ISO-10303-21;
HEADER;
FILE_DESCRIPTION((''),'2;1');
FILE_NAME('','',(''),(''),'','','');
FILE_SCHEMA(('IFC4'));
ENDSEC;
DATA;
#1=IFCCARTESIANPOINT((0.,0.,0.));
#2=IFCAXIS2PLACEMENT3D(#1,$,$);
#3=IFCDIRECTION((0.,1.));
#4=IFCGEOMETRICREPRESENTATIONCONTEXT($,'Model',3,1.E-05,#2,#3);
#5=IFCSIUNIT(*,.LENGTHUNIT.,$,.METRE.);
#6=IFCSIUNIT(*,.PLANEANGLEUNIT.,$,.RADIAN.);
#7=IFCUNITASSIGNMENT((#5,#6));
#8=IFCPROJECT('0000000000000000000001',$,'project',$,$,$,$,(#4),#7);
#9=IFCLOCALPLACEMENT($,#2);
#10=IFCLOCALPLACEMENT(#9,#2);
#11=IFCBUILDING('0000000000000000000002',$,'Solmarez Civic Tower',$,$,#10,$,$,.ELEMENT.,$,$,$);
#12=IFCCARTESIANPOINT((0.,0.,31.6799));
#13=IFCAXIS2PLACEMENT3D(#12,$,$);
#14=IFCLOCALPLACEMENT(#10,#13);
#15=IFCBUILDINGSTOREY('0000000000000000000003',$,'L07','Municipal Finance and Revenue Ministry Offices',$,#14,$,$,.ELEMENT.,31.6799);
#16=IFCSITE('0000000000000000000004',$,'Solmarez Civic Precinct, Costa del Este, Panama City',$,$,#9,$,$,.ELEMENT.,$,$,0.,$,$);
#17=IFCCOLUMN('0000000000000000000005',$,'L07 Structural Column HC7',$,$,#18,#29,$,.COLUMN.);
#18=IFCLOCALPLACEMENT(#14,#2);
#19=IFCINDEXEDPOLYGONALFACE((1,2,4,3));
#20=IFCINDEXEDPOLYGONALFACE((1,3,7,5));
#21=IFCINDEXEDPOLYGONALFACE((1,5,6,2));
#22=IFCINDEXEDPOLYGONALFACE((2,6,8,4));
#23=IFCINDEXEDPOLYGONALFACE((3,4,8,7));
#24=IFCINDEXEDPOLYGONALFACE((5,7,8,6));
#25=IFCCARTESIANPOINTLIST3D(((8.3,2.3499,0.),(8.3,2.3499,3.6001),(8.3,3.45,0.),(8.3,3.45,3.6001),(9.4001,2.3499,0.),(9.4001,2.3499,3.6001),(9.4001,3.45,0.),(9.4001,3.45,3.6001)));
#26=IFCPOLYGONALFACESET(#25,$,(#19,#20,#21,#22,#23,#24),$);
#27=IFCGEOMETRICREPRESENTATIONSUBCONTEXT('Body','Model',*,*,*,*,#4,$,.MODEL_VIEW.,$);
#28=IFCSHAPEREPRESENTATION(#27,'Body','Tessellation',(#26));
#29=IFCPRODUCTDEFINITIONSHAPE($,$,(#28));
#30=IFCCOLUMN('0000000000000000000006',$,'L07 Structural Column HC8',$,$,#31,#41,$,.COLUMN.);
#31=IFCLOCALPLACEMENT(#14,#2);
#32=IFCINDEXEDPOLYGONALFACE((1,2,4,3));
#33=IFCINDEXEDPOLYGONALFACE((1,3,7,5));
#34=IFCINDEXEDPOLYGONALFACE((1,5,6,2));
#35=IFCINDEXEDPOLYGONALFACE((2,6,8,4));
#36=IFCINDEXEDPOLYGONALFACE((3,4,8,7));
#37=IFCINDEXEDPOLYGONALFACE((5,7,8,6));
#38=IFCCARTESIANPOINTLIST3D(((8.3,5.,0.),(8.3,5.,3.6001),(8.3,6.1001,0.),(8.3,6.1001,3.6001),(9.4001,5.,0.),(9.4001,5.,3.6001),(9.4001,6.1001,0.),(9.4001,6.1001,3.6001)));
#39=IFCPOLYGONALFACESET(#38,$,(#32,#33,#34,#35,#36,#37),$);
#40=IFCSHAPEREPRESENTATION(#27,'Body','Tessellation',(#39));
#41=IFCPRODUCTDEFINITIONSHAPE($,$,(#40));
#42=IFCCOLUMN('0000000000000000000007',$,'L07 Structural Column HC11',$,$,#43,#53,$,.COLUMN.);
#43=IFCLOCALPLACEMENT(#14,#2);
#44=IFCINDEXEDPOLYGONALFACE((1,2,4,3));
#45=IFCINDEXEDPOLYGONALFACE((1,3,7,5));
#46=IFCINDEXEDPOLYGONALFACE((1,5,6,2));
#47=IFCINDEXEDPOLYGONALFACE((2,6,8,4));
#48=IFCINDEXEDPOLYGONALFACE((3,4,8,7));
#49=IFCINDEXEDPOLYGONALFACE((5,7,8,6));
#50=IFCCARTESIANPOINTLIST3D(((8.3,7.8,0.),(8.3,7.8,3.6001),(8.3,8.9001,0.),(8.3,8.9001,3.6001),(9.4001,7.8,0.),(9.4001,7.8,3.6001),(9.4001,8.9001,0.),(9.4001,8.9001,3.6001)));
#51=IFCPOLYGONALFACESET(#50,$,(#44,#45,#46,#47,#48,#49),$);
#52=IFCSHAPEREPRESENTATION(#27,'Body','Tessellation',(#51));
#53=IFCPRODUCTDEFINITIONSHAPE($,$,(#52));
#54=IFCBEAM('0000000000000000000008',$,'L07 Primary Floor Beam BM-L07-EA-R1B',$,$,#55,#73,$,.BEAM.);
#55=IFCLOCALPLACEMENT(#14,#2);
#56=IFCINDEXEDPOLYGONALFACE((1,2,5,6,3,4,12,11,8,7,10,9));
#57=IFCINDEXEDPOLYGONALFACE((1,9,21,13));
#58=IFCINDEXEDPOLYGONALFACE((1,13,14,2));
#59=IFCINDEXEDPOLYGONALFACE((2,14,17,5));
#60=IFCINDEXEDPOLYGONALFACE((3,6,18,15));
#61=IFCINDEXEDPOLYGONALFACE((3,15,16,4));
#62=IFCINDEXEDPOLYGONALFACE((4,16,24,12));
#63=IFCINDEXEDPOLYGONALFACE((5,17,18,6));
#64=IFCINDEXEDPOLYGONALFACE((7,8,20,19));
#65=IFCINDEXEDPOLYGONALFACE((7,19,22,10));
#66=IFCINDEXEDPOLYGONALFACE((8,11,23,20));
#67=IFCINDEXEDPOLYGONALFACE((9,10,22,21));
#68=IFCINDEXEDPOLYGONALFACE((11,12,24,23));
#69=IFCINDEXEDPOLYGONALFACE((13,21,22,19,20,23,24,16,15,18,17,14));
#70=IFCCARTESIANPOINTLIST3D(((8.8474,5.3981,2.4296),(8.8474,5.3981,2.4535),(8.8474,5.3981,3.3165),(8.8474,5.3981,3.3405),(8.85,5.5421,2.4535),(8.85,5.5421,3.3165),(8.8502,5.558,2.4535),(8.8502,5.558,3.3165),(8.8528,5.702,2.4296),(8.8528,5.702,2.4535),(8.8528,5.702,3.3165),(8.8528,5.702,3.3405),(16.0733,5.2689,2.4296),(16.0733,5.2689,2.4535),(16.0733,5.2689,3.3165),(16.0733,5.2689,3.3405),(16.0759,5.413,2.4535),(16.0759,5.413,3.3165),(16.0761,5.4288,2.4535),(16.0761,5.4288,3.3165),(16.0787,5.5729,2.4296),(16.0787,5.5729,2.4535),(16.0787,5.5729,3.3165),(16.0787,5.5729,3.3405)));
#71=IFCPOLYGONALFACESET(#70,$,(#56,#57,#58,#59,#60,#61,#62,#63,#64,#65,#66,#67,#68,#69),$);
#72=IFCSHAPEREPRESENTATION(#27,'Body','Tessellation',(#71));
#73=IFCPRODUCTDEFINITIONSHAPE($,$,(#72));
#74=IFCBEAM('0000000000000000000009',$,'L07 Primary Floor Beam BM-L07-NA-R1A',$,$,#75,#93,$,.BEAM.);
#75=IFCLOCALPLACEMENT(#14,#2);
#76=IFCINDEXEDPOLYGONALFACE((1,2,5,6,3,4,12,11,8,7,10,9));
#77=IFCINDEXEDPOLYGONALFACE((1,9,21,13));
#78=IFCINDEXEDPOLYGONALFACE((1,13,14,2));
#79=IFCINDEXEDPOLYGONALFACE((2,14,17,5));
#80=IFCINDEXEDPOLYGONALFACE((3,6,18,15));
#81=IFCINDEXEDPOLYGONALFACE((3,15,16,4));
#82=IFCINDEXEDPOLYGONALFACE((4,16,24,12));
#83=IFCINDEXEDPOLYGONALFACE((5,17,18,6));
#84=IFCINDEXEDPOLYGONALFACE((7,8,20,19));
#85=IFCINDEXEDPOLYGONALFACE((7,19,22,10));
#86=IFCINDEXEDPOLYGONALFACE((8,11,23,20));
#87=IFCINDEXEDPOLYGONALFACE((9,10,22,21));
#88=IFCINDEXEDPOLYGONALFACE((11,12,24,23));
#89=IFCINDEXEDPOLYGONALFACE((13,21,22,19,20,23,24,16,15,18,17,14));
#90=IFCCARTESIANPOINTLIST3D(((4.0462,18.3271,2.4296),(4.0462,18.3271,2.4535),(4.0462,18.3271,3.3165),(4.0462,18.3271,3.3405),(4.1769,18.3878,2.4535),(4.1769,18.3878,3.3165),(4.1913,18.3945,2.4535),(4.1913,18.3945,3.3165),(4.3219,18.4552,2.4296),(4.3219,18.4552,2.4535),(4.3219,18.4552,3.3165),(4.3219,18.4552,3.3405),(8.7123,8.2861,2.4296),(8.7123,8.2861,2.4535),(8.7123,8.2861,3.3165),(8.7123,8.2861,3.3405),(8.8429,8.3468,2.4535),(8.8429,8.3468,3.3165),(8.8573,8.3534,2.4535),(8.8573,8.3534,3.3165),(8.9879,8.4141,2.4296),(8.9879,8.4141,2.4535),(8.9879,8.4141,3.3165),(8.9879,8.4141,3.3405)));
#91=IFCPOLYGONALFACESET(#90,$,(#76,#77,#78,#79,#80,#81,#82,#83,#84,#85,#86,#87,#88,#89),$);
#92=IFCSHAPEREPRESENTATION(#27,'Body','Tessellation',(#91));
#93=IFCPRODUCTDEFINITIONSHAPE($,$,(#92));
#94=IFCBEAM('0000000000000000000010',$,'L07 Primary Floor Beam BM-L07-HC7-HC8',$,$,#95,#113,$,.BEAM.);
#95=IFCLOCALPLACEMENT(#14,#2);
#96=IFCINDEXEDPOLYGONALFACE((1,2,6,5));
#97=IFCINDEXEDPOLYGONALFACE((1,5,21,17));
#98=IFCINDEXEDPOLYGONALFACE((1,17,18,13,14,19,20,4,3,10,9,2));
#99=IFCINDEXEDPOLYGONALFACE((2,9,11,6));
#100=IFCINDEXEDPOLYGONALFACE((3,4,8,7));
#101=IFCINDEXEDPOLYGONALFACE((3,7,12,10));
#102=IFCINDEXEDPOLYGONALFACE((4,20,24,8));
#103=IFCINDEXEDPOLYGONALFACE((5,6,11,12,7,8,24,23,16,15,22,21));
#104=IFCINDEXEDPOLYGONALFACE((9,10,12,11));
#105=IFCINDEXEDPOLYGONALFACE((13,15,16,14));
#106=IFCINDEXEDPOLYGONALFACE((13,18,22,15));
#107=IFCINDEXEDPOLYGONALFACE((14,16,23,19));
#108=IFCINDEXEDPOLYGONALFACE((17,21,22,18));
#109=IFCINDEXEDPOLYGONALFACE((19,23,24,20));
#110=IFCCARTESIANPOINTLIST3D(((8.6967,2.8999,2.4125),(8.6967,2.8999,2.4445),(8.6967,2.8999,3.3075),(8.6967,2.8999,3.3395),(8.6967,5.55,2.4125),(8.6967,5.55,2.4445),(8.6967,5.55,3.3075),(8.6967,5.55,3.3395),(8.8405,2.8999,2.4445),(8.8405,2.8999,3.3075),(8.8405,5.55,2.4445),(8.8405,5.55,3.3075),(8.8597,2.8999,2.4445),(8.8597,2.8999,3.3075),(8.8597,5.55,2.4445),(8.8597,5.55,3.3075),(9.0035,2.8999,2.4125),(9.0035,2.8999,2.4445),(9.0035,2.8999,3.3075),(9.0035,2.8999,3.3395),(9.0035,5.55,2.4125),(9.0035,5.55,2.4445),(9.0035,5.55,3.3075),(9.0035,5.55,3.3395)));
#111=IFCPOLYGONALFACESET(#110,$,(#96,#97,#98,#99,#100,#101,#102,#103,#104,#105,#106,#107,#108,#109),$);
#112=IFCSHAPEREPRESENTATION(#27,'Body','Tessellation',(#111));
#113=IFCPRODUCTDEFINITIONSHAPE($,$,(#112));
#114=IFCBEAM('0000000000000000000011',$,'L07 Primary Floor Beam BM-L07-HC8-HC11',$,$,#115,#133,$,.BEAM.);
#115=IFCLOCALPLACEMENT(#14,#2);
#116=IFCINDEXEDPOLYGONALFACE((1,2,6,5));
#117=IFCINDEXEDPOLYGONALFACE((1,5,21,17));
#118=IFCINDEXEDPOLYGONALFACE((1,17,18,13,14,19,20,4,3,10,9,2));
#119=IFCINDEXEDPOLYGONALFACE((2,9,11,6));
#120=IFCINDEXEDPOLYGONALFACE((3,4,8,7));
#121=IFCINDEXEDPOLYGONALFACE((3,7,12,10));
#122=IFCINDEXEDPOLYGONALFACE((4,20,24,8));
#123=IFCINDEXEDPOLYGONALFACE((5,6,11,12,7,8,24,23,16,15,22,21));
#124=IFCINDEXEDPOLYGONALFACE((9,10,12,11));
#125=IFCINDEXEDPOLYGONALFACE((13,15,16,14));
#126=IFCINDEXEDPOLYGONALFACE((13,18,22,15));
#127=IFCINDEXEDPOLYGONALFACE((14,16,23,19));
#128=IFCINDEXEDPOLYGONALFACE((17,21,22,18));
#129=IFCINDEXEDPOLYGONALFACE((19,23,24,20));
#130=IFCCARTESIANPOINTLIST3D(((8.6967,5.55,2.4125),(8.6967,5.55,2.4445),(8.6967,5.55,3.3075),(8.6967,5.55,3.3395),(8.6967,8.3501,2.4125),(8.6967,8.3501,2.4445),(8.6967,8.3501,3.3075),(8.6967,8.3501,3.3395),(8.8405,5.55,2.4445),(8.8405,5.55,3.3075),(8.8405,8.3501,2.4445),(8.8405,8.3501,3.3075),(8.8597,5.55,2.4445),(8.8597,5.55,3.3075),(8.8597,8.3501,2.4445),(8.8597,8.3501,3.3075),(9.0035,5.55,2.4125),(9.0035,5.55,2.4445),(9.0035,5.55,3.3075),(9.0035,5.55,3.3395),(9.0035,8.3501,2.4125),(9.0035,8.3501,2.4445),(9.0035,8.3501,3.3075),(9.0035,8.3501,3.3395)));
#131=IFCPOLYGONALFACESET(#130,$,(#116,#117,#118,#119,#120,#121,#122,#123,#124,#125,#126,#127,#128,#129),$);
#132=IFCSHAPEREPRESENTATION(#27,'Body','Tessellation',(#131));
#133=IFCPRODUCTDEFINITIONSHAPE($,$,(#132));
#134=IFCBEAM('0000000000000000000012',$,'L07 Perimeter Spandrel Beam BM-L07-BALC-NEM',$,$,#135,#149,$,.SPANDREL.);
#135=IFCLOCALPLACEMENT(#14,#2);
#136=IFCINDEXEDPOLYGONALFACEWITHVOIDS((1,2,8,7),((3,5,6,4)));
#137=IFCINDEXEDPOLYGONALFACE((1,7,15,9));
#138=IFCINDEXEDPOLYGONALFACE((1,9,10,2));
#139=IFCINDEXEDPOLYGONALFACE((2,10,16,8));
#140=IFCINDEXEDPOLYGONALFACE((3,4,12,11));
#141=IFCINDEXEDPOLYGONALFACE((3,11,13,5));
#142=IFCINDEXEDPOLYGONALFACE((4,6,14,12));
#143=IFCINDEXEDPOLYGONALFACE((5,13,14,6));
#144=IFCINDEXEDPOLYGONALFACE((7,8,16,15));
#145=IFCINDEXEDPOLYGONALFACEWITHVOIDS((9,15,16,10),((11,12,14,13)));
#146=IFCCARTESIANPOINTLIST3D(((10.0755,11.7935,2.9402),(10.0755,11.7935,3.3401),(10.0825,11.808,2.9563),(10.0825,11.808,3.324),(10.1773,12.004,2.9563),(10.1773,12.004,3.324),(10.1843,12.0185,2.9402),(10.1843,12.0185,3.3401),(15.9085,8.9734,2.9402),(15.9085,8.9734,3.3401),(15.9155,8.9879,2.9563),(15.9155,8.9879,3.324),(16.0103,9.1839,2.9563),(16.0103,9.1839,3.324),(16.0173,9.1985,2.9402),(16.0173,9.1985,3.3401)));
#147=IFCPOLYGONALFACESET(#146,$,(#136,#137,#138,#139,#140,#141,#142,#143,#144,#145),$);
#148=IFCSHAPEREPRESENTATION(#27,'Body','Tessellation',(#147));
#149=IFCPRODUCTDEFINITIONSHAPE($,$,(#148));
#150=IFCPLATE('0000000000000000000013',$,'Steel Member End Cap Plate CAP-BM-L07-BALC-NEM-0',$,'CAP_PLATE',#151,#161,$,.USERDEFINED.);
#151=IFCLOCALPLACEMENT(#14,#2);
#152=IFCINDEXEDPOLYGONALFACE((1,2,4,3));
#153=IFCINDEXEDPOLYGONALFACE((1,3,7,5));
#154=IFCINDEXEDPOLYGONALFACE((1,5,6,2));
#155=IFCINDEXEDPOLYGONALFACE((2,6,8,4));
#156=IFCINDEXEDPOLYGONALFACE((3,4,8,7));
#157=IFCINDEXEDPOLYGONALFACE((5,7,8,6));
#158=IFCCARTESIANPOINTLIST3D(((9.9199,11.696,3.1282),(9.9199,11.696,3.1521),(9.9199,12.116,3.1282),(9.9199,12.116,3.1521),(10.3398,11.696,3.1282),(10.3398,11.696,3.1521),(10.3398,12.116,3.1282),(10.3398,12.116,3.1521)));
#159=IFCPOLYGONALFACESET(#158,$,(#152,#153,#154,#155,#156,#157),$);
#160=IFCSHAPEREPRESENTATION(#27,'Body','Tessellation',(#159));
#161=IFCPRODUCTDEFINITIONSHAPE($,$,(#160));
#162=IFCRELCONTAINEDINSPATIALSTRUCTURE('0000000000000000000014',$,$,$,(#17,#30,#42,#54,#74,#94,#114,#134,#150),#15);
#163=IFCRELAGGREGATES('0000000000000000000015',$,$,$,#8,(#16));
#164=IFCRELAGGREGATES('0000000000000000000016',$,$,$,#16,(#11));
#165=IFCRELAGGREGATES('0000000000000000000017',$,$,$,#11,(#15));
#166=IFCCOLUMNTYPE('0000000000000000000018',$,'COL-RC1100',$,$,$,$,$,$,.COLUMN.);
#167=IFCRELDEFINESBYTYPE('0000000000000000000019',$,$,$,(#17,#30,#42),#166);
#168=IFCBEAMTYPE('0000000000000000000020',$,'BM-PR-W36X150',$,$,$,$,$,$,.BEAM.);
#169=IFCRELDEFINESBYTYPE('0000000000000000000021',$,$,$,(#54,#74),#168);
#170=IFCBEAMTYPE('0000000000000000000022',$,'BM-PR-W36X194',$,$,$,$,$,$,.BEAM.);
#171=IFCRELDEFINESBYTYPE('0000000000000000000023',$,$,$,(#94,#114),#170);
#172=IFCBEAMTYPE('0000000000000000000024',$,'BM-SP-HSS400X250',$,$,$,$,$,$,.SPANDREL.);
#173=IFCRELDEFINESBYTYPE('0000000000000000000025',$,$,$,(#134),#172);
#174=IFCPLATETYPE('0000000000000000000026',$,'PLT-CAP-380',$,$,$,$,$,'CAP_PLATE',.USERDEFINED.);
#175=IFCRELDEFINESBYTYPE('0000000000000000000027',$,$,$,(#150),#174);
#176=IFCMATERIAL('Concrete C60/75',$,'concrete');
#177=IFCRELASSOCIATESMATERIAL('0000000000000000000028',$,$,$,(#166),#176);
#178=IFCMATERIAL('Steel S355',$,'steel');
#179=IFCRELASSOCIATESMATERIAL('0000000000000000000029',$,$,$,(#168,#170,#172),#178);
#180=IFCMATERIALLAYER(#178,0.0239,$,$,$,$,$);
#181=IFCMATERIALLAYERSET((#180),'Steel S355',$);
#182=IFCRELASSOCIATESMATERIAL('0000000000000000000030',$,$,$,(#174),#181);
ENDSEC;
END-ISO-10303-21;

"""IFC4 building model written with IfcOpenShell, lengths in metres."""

from ifc_helpers import new_model, si_unit, direction, frame, origin, origin_2d, place, context, subcontext, project, spatial, rectangle, hollow_rectangle, i_section, extrude, material, layer, layer_set, material_profile, profile_set, type_object, element, save


model = new_model("IFC4")

# Units and contexts
model_context = context("Model", 3, precision=1e-05, world=origin(), true_north=direction((0.0, 1.0)))
body_context = subcontext(model_context, "Body", "Model", "MODEL_VIEW")
ifc_project = project(units=[si_unit("LENGTHUNIT", "METRE"), si_unit("PLANEANGLEUNIT", "RADIAN")], contexts=[model_context])

# Site, building, storey
site_placement = place(None, origin())
site = spatial("IfcSite", under=ifc_project, at=site_placement, Name="Solmarez Civic Precinct, Costa del Este, Panama City", CompositionType="ELEMENT", RefElevation=0.0)
building_placement = place(site_placement, origin())
building = spatial("IfcBuilding", under=site, at=building_placement, Name="Solmarez Civic Tower", CompositionType="ELEMENT")
storey_placement = place(building_placement, frame((0.0, 0.0, 31.6799)))
storey = spatial("IfcBuildingStorey", under=building, at=storey_placement, Name="L07", Description="Municipal Finance and Revenue Ministry Offices", CompositionType="ELEMENT", Elevation=31.6799)

# Columns
ifc_material_1 = material(Name="Concrete C60/75", Category="concrete")
ifc_material_profile_1 = material_profile(ifc_material_1, rectangle(XDim=1.1001, YDim=1.1001, at=origin_2d()), Name="RC1100X1100")
ifc_profile_set_1 = profile_set([ifc_material_profile_1], Name="Concrete C60/75")
column_type = type_object("IfcColumnType", Name="COL-RC1100", PredefinedType="COLUMN", material=ifc_profile_set_1)
for number, where, z_axis, x_axis, name in (
    (1, (8.8501, 2.8999, 0.0), (0.0, 0.0, 1.0), (1.0, 0.0, 0.0), "L07 Structural Column HC7"),
    (2, (8.8501, 5.55, 0.0), (0.0, 0.0, 1.0), (1.0, 0.0, 0.0), "L07 Structural Column HC8"),
    (3, (8.8501, 8.3501, 0.0), (0.0, 0.0, 1.0), (1.0, 0.0, 0.0), "L07 Structural Column HC11"),
):
    element("IfcColumn", number, at=place(storey_placement, frame(where, z_axis=z_axis, x_axis=x_axis)), inside=storey, type_object=column_type, Name=name, PredefinedType="COLUMN", context=body_context, shape_type="SweptSolid", body=[
        extrude(rectangle(XDim=1.1001, YDim=1.1001, at=origin_2d()), origin(), (0.0, 0.0, 1.0), 3.6001),
    ])

# Beams
ifc_material_2 = material(Name="Steel S355", Category="steel")
ifc_material_profile_2 = material_profile(ifc_material_2, i_section(OverallWidth=0.304, OverallDepth=0.9109, WebThickness=0.0159, FlangeThickness=0.0239, at=origin_2d()), Name="W36X150")
ifc_profile_set_2 = profile_set([ifc_material_profile_2], Name="Steel S355")
beam_type_1 = type_object("IfcBeamType", Name="BM-PR-W36X150", PredefinedType="BEAM", material=ifc_profile_set_2)
beam_1_placement = place(storey_placement, frame((8.8501, 5.55, 2.885), z_axis=(0.99984, -0.017871, 0.0), x_axis=(0.017871, 0.99984, 0.0)))
element("IfcBeam", 4, at=beam_1_placement, inside=storey, type_object=beam_type_1, Name="L07 Primary Floor Beam BM-L07-EA-R1B", PredefinedType="BEAM", context=body_context, shape_type="SweptSolid", body=[
    extrude(i_section(OverallWidth=0.304, OverallDepth=0.9109, WebThickness=0.0159, FlangeThickness=0.0239, at=origin_2d()), origin(), (0.0, 0.0, 1.0), 7.2271),
])
beam_2_placement = place(storey_placement, frame((8.8501, 8.3501, 2.885), z_axis=(-0.421417, 0.906867, 0.0), x_axis=(-0.906867, -0.421417, 0.0)))
element("IfcBeam", 5, at=beam_2_placement, inside=storey, type_object=beam_type_1, Name="L07 Primary Floor Beam BM-L07-NA-R1A", PredefinedType="BEAM", context=body_context, shape_type="SweptSolid", body=[
    extrude(i_section(OverallWidth=0.304, OverallDepth=0.9109, WebThickness=0.0159, FlangeThickness=0.0239, at=origin_2d()), origin(), (0.0, 0.0, 1.0), 11.0723),
])
ifc_material_profile_3 = material_profile(ifc_material_2, i_section(OverallWidth=0.3069, OverallDepth=0.927, WebThickness=0.0193, FlangeThickness=0.032, at=origin_2d()), Name="W36X194")
ifc_profile_set_3 = profile_set([ifc_material_profile_3], Name="Steel S355")
beam_type_2 = type_object("IfcBeamType", Name="BM-PR-W36X194", PredefinedType="BEAM", material=ifc_profile_set_3)
beam_3_placement = place(storey_placement, frame((8.8501, 2.8999, 2.876), z_axis=(0.0, 1.0, 0.0), x_axis=(-1.0, 0.0, 0.0)))
element("IfcBeam", 6, at=beam_3_placement, inside=storey, type_object=beam_type_2, Name="L07 Primary Floor Beam BM-L07-HC7-HC8", PredefinedType="BEAM", context=body_context, shape_type="SweptSolid", body=[
    extrude(i_section(OverallWidth=0.3069, OverallDepth=0.927, WebThickness=0.0193, FlangeThickness=0.032, at=origin_2d()), origin(), (0.0, 0.0, 1.0), 2.6501),
])
beam_4_placement = place(storey_placement, frame((8.8501, 5.55, 2.876), z_axis=(0.0, 1.0, 0.0), x_axis=(-1.0, 0.0, 0.0)))
element("IfcBeam", 7, at=beam_4_placement, inside=storey, type_object=beam_type_2, Name="L07 Primary Floor Beam BM-L07-HC8-HC11", PredefinedType="BEAM", context=body_context, shape_type="SweptSolid", body=[
    extrude(i_section(OverallWidth=0.3069, OverallDepth=0.927, WebThickness=0.0193, FlangeThickness=0.032, at=origin_2d()), origin(), (0.0, 0.0, 1.0), 2.8),
])
ifc_material_profile_4 = material_profile(ifc_material_2, hollow_rectangle(XDim=0.25, YDim=0.3999, WallThickness=0.0161, at=origin_2d()), Name="HSS400X250X16")
ifc_profile_set_4 = profile_set([ifc_material_profile_4], Name="Steel S355")
beam_type_3 = type_object("IfcBeamType", Name="BM-SP-HSS400X250", PredefinedType="SPANDREL", material=ifc_profile_set_4)
beam_5_placement = place(storey_placement, frame((10.1299, 11.906, 3.1401), z_axis=(0.900302, -0.435266, 0.0), x_axis=(0.435266, 0.900302, 0.0)))
element("IfcBeam", 8, at=beam_5_placement, inside=storey, type_object=beam_type_3, Name="L07 Perimeter Spandrel Beam BM-L07-BALC-NEM", PredefinedType="SPANDREL", context=body_context, shape_type="SweptSolid", body=[
    extrude(hollow_rectangle(XDim=0.25, YDim=0.3999, WallThickness=0.0161, at=origin_2d()), origin(), (0.0, 0.0, 1.0), 6.479),
])

# Plate
ifc_layer_1 = layer(ifc_material_2, 0.0239)
ifc_layer_set_1 = layer_set([ifc_layer_1], Name="Steel S355")
plate_type = type_object("IfcPlateType", Name="PLT-CAP-380", ElementType="CAP_PLATE", PredefinedType="USERDEFINED", material=ifc_layer_set_1)
plate_placement = place(storey_placement, frame((10.1299, 11.906, 3.1282), z_axis=(0.0, 0.0, 1.0), x_axis=(1.0, 0.0, 0.0)))
element("IfcPlate", 9, at=plate_placement, inside=storey, type_object=plate_type, Name="Steel Member End Cap Plate CAP-BM-L07-BALC-NEM-0", ObjectType="CAP_PLATE", PredefinedType="USERDEFINED", context=body_context, shape_type="SweptSolid", body=[
    extrude(rectangle(XDim=0.4199, YDim=0.4199, at=origin_2d()), origin(), (0.0, 0.0, 1.0), 0.0239),
])

save(model, "model.ifc")
